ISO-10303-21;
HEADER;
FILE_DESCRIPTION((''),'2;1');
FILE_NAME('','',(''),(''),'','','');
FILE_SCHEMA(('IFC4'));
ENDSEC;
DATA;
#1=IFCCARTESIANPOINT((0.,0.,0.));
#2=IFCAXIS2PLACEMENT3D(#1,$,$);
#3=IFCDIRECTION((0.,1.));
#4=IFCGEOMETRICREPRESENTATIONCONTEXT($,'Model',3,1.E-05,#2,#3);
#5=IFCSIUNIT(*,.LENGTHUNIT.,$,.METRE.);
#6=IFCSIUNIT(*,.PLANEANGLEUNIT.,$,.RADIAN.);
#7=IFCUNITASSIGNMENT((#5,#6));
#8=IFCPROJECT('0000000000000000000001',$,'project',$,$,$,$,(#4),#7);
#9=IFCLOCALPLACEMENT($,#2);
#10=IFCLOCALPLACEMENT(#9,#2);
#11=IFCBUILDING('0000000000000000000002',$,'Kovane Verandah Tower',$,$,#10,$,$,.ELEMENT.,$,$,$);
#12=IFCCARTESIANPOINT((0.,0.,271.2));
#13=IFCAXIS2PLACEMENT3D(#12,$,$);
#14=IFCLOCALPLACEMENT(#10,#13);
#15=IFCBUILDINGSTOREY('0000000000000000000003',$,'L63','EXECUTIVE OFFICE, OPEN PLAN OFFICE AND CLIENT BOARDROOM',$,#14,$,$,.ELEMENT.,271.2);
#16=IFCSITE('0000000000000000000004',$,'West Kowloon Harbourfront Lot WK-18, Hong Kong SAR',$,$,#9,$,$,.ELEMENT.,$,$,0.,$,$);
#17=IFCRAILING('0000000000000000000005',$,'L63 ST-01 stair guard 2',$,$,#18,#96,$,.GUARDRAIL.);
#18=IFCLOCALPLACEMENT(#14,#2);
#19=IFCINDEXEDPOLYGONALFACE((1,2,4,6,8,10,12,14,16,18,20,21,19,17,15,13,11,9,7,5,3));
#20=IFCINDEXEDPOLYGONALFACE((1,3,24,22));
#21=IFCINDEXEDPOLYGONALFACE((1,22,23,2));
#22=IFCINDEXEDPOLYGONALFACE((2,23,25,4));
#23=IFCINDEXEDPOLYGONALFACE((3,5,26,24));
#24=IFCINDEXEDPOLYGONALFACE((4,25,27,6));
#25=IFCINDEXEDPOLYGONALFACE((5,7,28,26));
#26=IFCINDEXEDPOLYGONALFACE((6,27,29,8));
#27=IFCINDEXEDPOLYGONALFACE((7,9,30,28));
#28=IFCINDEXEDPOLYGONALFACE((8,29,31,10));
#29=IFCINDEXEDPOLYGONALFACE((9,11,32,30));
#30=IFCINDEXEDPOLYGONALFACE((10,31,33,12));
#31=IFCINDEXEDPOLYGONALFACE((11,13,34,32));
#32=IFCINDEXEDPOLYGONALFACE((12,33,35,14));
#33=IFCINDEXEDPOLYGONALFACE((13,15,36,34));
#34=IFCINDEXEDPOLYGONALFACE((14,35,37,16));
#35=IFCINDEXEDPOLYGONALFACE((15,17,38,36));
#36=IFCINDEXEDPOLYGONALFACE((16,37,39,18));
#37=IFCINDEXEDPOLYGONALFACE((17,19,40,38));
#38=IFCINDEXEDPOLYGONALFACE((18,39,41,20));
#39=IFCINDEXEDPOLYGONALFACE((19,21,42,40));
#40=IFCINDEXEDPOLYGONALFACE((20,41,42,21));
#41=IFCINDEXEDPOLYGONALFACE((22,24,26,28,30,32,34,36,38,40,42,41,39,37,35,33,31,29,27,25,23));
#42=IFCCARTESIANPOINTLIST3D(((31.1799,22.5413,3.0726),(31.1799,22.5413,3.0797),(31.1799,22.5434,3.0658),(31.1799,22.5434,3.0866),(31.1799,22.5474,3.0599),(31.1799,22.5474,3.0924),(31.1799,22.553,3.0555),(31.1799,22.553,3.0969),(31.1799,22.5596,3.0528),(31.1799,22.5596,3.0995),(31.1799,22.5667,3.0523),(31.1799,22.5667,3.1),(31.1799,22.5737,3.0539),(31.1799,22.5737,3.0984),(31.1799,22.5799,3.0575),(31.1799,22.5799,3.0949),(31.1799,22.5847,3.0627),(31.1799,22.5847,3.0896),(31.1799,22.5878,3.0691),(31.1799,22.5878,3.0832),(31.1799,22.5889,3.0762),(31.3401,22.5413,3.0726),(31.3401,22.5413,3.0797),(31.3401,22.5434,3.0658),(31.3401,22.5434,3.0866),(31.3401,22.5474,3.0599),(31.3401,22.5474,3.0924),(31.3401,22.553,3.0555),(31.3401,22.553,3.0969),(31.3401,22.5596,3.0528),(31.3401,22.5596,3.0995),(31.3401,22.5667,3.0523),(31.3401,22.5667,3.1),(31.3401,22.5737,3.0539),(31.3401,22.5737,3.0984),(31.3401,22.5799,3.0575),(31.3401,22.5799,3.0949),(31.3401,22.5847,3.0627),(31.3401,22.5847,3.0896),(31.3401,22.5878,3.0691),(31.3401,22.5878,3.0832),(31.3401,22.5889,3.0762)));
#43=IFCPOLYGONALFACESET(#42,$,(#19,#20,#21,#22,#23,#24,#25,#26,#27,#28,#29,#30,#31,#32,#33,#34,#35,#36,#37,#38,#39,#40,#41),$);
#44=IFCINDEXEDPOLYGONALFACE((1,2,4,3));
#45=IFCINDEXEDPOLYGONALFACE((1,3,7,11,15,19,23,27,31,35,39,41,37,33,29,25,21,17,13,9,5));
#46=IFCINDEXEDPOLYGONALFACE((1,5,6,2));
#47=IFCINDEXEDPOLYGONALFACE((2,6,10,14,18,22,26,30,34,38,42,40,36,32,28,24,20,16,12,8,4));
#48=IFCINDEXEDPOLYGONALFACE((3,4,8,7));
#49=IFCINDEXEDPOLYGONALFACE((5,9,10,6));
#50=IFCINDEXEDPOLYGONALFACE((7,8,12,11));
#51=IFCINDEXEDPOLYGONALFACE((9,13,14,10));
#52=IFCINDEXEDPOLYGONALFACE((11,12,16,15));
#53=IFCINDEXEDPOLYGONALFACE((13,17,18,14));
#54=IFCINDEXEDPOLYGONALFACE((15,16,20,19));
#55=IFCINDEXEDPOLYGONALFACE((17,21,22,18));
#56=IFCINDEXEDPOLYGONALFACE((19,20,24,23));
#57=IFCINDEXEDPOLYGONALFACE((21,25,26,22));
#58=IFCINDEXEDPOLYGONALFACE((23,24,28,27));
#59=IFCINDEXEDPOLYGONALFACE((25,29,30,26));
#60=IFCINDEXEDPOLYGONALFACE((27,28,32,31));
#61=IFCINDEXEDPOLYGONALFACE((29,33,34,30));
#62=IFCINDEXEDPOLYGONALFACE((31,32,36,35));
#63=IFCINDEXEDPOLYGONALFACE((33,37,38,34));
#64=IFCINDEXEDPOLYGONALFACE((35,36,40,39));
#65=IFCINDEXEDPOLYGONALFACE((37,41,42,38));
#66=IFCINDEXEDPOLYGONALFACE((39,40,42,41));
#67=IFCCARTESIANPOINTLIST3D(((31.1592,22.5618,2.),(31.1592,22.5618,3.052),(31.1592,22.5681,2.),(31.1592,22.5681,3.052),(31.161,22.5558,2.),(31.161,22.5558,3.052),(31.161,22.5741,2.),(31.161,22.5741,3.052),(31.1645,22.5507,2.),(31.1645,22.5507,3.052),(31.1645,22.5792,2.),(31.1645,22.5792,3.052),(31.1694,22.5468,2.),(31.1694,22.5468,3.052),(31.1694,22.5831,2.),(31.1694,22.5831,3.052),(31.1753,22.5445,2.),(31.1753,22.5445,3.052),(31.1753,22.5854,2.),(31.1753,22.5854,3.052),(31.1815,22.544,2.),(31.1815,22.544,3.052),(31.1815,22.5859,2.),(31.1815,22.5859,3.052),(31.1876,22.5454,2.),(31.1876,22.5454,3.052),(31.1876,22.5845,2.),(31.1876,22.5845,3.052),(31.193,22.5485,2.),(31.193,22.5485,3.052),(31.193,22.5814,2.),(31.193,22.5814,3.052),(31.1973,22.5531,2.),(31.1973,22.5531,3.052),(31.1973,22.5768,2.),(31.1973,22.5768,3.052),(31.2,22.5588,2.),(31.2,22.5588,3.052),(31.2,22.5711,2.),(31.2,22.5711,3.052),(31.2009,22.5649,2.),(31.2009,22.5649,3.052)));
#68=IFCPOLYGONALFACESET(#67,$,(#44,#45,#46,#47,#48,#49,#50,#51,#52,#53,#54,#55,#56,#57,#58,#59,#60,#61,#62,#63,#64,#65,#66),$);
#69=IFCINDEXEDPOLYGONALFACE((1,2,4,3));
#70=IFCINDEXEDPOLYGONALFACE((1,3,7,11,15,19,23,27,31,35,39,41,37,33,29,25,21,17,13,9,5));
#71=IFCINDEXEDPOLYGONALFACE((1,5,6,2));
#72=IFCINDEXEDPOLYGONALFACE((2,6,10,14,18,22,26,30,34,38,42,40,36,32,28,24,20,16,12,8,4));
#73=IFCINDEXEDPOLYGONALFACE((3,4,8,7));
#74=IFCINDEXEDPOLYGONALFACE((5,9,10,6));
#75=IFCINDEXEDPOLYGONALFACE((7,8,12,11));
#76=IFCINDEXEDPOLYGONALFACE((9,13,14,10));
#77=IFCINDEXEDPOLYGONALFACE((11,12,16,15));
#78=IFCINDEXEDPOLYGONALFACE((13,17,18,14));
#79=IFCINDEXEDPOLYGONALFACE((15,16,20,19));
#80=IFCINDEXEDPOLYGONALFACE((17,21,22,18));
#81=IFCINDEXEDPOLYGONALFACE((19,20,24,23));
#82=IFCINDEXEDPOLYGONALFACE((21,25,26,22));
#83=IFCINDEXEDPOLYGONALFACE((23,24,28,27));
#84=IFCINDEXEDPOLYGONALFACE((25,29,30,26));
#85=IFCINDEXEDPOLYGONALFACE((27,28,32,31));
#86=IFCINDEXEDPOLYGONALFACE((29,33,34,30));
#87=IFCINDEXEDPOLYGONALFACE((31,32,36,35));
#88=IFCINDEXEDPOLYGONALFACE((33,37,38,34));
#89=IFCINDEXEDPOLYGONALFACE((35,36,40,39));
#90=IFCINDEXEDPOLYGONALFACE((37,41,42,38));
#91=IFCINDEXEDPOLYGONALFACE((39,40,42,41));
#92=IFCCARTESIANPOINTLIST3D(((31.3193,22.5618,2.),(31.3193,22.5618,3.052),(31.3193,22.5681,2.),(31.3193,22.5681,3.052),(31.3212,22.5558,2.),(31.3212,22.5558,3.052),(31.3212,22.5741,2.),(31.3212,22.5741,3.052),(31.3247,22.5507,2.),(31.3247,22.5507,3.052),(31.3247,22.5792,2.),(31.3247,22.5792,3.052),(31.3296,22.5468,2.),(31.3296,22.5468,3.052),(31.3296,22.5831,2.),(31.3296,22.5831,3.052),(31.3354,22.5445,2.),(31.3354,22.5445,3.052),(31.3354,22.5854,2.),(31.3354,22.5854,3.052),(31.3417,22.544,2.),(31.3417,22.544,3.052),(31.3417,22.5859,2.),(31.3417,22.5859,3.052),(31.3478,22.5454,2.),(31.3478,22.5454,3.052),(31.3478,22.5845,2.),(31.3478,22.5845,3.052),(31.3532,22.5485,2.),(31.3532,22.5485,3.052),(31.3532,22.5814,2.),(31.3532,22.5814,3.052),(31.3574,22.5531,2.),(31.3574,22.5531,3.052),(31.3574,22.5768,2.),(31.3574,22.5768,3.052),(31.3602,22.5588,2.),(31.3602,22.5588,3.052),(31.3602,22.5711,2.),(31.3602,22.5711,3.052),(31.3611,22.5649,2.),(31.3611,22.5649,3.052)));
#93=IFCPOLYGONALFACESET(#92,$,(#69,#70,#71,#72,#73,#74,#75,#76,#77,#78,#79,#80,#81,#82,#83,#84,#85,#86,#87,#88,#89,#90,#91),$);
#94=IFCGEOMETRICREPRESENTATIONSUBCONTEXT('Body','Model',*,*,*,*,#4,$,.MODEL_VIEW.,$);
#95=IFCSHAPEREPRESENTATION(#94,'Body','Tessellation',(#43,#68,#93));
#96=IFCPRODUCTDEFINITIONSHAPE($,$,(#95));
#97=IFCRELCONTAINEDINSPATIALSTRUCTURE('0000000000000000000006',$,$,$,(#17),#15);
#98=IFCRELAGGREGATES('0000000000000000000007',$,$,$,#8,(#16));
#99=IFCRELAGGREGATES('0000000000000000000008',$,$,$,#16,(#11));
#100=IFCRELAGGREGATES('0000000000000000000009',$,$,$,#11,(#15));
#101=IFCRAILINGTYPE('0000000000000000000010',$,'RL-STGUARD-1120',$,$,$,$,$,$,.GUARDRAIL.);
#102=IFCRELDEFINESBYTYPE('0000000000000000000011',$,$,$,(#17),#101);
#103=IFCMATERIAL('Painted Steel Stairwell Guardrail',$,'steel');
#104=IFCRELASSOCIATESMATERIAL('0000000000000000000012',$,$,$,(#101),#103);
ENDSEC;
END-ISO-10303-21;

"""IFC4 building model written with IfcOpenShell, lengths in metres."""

from ifc_helpers import new_model, si_unit, direction, frame, origin, origin_2d, place, context, subcontext, project, spatial, circle, extrude, material, type_object, element, save


model = new_model("IFC4")

# Units and contexts
model_context = context("Model", 3, precision=1e-05, world=origin(), true_north=direction((0.0, 1.0)))
body_context = subcontext(model_context, "Body", "Model", "MODEL_VIEW")
ifc_project = project(units=[si_unit("LENGTHUNIT", "METRE"), si_unit("PLANEANGLEUNIT", "RADIAN")], contexts=[model_context])

# Site, building, storey
site_placement = place(None, origin())
site = spatial("IfcSite", under=ifc_project, at=site_placement, Name="West Kowloon Harbourfront Lot WK-18, Hong Kong SAR", CompositionType="ELEMENT", RefElevation=0.0)
building_placement = place(site_placement, origin())
building = spatial("IfcBuilding", under=site, at=building_placement, Name="Kovane Verandah Tower", CompositionType="ELEMENT")
storey_placement = place(building_placement, frame((0.0, 0.0, 271.2)))
storey = spatial("IfcBuildingStorey", under=building, at=storey_placement, Name="L63", Description="EXECUTIVE OFFICE, OPEN PLAN OFFICE AND CLIENT BOARDROOM", CompositionType="ELEMENT", Elevation=271.2)

# Railing
ifc_material_1 = material(Name="Painted Steel Stairwell Guardrail", Category="steel")
railing_type_1 = type_object("IfcRailingType", Name="RL-STGUARD-1120", PredefinedType="GUARDRAIL", material=ifc_material_1)
railing_1_placement = place(storey_placement, frame((31.1799, 22.5649, 2.0)))
element("IfcRailing", 1, at=railing_1_placement, inside=storey, type_object=railing_type_1, Name="L63 ST-01 stair guard 2", PredefinedType="GUARDRAIL", context=body_context, shape_type="SweptSolid", body=[
    extrude(circle(Radius=0.0239, at=origin_2d()), frame((0.0, 0.0, 1.0762), z_axis=(1.0, 0.0, 0.0), x_axis=(0.0, 1.0, 0.0)), (0.0, 0.0, 1.0), 0.1602),
    extrude(circle(Radius=0.021, at=origin_2d()), origin(), (0.0, 0.0, 1.0), 1.052),
    extrude(circle(Radius=0.021, at=origin_2d()), frame((0.1602, 0.0, 0.0)), (0.0, 0.0, 1.0), 1.052),
])

save(model, "model.ifc")
